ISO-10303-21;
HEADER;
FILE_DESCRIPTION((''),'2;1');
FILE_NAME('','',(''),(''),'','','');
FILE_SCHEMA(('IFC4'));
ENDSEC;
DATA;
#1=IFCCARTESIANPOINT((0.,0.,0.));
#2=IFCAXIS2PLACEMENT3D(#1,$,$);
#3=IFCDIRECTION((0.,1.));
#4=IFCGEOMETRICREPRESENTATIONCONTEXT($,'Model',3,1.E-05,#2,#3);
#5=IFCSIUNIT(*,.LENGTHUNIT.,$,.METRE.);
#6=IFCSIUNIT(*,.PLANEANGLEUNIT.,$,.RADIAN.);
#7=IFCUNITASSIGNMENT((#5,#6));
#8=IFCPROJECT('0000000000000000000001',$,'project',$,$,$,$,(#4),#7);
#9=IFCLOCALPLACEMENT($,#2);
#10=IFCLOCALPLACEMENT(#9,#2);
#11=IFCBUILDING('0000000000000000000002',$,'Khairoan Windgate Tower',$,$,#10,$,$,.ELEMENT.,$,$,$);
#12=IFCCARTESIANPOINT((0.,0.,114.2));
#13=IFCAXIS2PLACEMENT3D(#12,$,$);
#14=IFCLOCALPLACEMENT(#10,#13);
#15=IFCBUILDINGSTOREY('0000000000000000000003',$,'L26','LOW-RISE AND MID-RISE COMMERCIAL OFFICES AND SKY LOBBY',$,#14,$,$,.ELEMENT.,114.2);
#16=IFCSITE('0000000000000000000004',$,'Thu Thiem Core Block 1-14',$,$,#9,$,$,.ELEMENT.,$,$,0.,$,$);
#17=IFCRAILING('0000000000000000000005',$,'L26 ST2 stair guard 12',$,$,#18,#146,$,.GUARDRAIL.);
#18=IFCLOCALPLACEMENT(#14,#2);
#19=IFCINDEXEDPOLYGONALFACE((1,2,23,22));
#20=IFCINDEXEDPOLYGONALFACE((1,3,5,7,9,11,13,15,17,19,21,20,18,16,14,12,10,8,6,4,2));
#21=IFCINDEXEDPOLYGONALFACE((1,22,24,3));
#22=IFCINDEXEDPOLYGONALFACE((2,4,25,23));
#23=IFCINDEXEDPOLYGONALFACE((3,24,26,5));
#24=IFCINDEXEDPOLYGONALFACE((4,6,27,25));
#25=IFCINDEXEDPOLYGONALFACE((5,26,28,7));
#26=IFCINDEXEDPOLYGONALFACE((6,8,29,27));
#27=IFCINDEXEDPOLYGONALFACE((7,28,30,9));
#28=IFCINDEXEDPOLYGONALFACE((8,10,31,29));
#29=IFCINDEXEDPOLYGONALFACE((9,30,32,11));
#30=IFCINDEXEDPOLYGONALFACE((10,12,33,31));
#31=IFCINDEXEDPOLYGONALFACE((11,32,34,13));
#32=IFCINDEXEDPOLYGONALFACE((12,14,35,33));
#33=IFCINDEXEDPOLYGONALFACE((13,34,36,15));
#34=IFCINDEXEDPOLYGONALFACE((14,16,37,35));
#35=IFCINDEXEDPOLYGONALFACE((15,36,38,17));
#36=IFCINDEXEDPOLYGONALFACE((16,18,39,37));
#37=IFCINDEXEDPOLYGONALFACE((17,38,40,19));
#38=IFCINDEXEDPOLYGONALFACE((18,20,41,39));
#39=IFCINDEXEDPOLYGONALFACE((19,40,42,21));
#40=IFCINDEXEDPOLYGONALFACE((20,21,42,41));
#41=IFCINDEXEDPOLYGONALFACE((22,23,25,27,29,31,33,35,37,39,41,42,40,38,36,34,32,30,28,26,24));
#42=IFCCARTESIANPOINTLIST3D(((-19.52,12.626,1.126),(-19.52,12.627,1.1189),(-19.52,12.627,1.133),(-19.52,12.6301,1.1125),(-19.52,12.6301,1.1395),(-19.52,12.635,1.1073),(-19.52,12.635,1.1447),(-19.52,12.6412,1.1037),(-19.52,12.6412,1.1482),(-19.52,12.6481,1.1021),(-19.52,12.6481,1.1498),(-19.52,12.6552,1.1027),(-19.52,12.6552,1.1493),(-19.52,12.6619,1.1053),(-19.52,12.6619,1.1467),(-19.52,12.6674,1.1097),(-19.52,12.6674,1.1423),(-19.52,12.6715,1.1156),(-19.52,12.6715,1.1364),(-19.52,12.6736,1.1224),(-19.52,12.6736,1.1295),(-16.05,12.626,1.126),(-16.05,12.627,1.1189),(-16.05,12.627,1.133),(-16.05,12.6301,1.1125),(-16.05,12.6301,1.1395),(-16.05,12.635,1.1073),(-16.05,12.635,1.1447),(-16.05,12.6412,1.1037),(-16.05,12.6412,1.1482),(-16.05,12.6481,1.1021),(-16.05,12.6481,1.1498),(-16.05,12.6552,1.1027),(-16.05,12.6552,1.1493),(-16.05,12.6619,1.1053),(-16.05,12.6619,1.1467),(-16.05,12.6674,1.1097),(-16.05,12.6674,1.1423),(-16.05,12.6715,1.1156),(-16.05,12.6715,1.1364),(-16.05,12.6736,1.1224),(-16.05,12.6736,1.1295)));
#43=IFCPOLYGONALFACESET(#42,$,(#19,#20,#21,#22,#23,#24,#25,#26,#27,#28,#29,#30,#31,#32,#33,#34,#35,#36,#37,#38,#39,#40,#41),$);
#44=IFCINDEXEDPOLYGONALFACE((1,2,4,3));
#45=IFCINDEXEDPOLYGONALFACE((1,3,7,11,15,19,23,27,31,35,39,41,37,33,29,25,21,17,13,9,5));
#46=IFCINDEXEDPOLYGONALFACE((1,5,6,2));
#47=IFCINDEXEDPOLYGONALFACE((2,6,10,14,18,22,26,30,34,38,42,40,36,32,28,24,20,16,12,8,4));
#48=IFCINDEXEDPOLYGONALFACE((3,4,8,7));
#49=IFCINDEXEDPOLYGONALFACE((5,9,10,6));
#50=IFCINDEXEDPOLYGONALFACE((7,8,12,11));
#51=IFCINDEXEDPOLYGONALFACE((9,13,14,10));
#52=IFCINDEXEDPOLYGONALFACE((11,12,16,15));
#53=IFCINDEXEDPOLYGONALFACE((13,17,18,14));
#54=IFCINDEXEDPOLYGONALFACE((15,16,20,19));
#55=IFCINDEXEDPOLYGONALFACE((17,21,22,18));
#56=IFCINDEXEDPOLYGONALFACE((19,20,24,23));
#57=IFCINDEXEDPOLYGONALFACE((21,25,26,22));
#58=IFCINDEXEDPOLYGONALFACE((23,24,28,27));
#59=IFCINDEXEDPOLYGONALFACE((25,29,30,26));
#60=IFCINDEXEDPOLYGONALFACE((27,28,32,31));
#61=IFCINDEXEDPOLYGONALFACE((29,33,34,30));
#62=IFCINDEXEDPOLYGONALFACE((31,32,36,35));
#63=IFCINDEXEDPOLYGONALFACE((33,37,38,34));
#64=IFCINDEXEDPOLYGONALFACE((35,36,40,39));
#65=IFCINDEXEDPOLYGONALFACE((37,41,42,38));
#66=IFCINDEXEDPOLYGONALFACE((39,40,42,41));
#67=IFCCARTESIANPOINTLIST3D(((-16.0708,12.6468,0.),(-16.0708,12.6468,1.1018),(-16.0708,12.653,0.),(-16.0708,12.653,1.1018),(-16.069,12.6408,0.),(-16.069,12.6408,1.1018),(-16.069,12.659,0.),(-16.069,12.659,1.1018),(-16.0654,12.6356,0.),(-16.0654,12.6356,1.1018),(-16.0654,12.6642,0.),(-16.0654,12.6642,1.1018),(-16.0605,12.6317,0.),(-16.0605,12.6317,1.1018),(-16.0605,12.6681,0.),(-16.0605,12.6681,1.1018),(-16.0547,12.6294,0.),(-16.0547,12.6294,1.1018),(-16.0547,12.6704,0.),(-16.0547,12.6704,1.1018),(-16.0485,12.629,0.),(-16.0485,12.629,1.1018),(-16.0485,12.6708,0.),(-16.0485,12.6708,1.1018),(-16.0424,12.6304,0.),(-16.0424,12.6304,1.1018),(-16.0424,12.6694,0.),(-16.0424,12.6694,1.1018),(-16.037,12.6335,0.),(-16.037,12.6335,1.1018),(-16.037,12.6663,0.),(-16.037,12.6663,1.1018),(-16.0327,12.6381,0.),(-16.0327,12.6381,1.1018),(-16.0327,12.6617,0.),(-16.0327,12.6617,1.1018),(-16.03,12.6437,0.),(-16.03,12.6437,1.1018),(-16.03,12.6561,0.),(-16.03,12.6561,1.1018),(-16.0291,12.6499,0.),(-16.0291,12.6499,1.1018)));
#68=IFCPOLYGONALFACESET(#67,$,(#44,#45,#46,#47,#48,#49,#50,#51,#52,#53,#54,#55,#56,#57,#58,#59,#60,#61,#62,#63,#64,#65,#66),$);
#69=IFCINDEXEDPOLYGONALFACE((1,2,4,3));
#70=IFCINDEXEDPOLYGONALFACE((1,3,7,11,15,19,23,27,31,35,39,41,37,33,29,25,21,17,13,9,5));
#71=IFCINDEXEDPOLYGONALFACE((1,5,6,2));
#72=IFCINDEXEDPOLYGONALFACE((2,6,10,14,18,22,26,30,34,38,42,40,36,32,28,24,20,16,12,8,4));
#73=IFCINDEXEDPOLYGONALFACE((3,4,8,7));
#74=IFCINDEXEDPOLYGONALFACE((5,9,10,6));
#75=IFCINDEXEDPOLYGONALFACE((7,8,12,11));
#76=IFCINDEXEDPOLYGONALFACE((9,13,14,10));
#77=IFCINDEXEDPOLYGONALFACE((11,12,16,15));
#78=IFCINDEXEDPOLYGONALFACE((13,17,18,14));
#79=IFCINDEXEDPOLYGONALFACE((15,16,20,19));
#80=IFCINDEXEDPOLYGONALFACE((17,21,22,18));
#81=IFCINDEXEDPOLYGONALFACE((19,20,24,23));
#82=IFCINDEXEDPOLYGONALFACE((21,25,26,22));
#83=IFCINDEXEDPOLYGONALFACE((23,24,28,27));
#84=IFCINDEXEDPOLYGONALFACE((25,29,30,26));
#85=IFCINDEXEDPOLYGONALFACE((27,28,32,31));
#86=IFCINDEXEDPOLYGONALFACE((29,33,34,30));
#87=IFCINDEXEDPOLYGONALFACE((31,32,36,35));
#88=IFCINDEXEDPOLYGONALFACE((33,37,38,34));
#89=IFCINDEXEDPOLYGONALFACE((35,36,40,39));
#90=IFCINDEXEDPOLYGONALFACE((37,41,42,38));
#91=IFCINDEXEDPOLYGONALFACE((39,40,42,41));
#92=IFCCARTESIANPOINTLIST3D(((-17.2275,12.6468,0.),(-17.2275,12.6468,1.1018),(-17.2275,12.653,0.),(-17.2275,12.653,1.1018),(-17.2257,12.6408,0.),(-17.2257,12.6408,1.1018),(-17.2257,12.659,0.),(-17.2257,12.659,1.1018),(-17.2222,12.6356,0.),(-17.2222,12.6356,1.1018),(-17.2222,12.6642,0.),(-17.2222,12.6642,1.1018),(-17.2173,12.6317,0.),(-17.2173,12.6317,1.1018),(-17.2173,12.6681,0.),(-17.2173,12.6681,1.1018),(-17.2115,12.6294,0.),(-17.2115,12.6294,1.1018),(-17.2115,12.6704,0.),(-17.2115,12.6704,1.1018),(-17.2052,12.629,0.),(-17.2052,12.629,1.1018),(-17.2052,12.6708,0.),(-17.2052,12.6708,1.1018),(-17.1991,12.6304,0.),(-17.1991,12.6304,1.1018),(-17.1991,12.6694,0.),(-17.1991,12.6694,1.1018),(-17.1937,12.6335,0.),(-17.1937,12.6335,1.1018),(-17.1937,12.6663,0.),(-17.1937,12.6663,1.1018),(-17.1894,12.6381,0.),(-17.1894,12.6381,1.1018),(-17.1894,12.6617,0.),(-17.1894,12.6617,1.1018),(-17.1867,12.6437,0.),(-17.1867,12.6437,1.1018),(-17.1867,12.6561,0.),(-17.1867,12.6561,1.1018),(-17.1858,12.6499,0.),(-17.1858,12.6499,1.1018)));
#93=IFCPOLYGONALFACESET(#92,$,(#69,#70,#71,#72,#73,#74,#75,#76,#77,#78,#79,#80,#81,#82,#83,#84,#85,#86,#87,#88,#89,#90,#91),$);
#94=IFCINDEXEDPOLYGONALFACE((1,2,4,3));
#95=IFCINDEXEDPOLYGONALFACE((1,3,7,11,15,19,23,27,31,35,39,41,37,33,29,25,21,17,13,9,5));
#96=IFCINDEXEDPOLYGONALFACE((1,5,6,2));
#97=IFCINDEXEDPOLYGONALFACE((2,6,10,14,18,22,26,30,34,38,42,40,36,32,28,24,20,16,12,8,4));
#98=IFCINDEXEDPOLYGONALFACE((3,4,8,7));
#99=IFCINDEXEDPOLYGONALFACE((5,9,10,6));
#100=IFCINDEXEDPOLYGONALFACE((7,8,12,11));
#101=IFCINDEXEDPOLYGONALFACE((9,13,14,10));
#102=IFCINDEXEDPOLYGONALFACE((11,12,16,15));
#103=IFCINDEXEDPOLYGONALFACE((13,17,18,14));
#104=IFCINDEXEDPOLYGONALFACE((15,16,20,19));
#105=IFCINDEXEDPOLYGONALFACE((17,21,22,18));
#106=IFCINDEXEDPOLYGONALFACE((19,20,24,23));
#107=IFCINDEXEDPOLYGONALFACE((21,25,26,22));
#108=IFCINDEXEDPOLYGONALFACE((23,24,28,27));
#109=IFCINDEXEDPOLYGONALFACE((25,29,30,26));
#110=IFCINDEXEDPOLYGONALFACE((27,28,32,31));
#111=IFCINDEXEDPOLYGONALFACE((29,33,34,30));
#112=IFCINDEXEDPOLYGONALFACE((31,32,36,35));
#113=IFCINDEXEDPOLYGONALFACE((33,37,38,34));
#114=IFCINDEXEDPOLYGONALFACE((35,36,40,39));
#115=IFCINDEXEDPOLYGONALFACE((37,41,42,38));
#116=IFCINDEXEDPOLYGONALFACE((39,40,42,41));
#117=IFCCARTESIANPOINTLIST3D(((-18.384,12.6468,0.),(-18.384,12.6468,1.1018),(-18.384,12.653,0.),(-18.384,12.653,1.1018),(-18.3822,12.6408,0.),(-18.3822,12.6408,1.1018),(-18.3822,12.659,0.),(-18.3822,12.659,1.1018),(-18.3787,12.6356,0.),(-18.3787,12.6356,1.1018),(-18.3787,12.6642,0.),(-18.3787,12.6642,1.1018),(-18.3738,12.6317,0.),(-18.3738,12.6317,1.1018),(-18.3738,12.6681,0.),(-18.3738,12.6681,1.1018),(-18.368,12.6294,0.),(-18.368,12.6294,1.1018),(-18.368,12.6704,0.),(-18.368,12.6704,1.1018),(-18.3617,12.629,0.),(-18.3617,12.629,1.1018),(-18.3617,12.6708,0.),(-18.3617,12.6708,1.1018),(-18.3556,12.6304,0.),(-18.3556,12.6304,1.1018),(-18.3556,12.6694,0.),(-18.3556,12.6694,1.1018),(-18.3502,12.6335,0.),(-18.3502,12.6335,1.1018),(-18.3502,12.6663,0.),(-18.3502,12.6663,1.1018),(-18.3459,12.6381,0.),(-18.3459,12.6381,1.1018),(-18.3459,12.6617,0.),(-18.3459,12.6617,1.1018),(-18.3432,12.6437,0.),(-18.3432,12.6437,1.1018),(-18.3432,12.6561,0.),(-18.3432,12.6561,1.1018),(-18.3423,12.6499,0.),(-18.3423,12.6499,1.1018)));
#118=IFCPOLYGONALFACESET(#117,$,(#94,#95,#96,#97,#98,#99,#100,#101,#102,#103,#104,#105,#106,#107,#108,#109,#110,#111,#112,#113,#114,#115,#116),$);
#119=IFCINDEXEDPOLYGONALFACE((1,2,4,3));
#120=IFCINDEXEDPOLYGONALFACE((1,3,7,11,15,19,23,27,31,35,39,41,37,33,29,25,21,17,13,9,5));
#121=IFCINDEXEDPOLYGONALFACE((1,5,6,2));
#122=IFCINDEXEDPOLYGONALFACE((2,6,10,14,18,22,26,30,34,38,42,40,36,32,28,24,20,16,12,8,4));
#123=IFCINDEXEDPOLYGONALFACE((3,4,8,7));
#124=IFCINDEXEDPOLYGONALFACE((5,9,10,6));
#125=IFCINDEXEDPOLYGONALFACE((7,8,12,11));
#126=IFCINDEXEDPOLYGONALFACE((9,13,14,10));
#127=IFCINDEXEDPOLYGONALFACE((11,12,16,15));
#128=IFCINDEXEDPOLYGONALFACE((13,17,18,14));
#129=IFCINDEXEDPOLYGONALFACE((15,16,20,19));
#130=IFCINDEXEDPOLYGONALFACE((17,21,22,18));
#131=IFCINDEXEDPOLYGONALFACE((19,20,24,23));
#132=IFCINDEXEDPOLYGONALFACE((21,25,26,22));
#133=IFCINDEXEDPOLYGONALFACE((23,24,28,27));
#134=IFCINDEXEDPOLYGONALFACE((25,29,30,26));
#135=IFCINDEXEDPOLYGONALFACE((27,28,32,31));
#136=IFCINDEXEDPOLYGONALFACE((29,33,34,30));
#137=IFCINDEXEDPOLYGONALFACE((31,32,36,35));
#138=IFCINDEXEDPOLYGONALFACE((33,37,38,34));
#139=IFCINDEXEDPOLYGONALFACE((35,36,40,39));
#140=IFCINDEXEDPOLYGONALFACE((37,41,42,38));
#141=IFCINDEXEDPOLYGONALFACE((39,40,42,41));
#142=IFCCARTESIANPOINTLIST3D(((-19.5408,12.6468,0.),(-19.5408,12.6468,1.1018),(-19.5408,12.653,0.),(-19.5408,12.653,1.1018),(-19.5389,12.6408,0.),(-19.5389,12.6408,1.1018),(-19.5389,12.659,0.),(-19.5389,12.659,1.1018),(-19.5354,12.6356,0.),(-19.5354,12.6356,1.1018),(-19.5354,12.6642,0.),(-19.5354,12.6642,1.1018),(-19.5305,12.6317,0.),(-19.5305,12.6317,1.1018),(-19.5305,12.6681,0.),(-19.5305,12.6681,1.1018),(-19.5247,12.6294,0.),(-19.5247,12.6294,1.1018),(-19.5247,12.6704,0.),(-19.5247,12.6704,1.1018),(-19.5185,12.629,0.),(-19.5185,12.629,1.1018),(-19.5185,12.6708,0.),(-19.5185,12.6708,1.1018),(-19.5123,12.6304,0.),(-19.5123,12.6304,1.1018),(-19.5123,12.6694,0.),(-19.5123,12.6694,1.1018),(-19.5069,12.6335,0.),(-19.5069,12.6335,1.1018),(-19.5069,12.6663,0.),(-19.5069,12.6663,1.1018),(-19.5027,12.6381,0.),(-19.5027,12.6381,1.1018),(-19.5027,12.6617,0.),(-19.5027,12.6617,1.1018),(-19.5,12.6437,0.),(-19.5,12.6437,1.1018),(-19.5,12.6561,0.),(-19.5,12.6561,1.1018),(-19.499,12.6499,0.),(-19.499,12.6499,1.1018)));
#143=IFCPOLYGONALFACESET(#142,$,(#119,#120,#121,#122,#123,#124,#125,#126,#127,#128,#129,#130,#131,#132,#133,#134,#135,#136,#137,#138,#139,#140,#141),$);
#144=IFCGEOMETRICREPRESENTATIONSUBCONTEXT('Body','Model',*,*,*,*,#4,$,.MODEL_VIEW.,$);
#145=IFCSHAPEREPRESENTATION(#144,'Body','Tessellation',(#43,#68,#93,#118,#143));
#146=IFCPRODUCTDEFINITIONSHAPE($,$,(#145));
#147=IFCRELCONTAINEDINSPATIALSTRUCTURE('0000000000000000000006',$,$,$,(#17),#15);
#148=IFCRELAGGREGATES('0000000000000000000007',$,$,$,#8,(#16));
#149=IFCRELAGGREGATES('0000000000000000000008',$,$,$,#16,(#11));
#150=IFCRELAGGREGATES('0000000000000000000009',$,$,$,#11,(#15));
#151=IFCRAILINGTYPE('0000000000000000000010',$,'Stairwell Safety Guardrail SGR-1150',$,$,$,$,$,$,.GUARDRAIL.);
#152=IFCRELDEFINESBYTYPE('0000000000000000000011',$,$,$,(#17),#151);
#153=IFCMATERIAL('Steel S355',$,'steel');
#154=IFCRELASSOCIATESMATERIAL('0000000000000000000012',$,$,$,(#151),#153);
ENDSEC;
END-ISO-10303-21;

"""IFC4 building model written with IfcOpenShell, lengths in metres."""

from ifc_helpers import new_model, si_unit, direction, frame, origin, origin_2d, place, context, subcontext, project, spatial, circle, extrude, material, type_object, element, save


model = new_model("IFC4")

# Units and contexts
model_context = context("Model", 3, precision=1e-05, world=origin(), true_north=direction((0.0, 1.0)))
body_context = subcontext(model_context, "Body", "Model", "MODEL_VIEW")
ifc_project = project(units=[si_unit("LENGTHUNIT", "METRE"), si_unit("PLANEANGLEUNIT", "RADIAN")], contexts=[model_context])

# Site, building, storey
site_placement = place(None, origin())
site = spatial("IfcSite", under=ifc_project, at=site_placement, Name="Thu Thiem Core Block 1-14", CompositionType="ELEMENT", RefElevation=0.0)
building_placement = place(site_placement, origin())
building = spatial("IfcBuilding", under=site, at=building_placement, Name="Khairoan Windgate Tower", CompositionType="ELEMENT")
storey_placement = place(building_placement, frame((0.0, 0.0, 114.2)))
storey = spatial("IfcBuildingStorey", under=building, at=storey_placement, Name="L26", Description="LOW-RISE AND MID-RISE COMMERCIAL OFFICES AND SKY LOBBY", CompositionType="ELEMENT", Elevation=114.2)

# Railing
ifc_material_1 = material(Name="Steel S355", Category="steel")
railing_type = type_object("IfcRailingType", Name="Stairwell Safety Guardrail SGR-1150", PredefinedType="GUARDRAIL", material=ifc_material_1)
railing_1_placement = place(storey_placement, frame((-16.05, 12.6499, 0.0)))
element("IfcRailing", 1, at=railing_1_placement, inside=storey, type_object=railing_type, Name="L26 ST2 stair guard 12", PredefinedType="GUARDRAIL", context=body_context, shape_type="SweptSolid", body=[
    extrude(circle(Radius=0.0239, at=origin_2d()), frame((0.0, 0.0, 1.126), z_axis=(-1.0, 0.0, 0.0), x_axis=(0.0, -1.0, 0.0)), (0.0, 0.0, 1.0), 3.47),
    extrude(circle(Radius=0.021, at=origin_2d()), origin(), (0.0, 0.0, 1.0), 1.1018),
    extrude(circle(Radius=0.021, at=origin_2d()), frame((-1.1567, 0.0, 0.0)), (0.0, 0.0, 1.0), 1.1018),
    extrude(circle(Radius=0.021, at=origin_2d()), frame((-2.3132, 0.0, 0.0)), (0.0, 0.0, 1.0), 1.1018),
    extrude(circle(Radius=0.021, at=origin_2d()), frame((-3.47, 0.0, 0.0)), (0.0, 0.0, 1.0), 1.1018),
])

save(model, "model.ifc")
